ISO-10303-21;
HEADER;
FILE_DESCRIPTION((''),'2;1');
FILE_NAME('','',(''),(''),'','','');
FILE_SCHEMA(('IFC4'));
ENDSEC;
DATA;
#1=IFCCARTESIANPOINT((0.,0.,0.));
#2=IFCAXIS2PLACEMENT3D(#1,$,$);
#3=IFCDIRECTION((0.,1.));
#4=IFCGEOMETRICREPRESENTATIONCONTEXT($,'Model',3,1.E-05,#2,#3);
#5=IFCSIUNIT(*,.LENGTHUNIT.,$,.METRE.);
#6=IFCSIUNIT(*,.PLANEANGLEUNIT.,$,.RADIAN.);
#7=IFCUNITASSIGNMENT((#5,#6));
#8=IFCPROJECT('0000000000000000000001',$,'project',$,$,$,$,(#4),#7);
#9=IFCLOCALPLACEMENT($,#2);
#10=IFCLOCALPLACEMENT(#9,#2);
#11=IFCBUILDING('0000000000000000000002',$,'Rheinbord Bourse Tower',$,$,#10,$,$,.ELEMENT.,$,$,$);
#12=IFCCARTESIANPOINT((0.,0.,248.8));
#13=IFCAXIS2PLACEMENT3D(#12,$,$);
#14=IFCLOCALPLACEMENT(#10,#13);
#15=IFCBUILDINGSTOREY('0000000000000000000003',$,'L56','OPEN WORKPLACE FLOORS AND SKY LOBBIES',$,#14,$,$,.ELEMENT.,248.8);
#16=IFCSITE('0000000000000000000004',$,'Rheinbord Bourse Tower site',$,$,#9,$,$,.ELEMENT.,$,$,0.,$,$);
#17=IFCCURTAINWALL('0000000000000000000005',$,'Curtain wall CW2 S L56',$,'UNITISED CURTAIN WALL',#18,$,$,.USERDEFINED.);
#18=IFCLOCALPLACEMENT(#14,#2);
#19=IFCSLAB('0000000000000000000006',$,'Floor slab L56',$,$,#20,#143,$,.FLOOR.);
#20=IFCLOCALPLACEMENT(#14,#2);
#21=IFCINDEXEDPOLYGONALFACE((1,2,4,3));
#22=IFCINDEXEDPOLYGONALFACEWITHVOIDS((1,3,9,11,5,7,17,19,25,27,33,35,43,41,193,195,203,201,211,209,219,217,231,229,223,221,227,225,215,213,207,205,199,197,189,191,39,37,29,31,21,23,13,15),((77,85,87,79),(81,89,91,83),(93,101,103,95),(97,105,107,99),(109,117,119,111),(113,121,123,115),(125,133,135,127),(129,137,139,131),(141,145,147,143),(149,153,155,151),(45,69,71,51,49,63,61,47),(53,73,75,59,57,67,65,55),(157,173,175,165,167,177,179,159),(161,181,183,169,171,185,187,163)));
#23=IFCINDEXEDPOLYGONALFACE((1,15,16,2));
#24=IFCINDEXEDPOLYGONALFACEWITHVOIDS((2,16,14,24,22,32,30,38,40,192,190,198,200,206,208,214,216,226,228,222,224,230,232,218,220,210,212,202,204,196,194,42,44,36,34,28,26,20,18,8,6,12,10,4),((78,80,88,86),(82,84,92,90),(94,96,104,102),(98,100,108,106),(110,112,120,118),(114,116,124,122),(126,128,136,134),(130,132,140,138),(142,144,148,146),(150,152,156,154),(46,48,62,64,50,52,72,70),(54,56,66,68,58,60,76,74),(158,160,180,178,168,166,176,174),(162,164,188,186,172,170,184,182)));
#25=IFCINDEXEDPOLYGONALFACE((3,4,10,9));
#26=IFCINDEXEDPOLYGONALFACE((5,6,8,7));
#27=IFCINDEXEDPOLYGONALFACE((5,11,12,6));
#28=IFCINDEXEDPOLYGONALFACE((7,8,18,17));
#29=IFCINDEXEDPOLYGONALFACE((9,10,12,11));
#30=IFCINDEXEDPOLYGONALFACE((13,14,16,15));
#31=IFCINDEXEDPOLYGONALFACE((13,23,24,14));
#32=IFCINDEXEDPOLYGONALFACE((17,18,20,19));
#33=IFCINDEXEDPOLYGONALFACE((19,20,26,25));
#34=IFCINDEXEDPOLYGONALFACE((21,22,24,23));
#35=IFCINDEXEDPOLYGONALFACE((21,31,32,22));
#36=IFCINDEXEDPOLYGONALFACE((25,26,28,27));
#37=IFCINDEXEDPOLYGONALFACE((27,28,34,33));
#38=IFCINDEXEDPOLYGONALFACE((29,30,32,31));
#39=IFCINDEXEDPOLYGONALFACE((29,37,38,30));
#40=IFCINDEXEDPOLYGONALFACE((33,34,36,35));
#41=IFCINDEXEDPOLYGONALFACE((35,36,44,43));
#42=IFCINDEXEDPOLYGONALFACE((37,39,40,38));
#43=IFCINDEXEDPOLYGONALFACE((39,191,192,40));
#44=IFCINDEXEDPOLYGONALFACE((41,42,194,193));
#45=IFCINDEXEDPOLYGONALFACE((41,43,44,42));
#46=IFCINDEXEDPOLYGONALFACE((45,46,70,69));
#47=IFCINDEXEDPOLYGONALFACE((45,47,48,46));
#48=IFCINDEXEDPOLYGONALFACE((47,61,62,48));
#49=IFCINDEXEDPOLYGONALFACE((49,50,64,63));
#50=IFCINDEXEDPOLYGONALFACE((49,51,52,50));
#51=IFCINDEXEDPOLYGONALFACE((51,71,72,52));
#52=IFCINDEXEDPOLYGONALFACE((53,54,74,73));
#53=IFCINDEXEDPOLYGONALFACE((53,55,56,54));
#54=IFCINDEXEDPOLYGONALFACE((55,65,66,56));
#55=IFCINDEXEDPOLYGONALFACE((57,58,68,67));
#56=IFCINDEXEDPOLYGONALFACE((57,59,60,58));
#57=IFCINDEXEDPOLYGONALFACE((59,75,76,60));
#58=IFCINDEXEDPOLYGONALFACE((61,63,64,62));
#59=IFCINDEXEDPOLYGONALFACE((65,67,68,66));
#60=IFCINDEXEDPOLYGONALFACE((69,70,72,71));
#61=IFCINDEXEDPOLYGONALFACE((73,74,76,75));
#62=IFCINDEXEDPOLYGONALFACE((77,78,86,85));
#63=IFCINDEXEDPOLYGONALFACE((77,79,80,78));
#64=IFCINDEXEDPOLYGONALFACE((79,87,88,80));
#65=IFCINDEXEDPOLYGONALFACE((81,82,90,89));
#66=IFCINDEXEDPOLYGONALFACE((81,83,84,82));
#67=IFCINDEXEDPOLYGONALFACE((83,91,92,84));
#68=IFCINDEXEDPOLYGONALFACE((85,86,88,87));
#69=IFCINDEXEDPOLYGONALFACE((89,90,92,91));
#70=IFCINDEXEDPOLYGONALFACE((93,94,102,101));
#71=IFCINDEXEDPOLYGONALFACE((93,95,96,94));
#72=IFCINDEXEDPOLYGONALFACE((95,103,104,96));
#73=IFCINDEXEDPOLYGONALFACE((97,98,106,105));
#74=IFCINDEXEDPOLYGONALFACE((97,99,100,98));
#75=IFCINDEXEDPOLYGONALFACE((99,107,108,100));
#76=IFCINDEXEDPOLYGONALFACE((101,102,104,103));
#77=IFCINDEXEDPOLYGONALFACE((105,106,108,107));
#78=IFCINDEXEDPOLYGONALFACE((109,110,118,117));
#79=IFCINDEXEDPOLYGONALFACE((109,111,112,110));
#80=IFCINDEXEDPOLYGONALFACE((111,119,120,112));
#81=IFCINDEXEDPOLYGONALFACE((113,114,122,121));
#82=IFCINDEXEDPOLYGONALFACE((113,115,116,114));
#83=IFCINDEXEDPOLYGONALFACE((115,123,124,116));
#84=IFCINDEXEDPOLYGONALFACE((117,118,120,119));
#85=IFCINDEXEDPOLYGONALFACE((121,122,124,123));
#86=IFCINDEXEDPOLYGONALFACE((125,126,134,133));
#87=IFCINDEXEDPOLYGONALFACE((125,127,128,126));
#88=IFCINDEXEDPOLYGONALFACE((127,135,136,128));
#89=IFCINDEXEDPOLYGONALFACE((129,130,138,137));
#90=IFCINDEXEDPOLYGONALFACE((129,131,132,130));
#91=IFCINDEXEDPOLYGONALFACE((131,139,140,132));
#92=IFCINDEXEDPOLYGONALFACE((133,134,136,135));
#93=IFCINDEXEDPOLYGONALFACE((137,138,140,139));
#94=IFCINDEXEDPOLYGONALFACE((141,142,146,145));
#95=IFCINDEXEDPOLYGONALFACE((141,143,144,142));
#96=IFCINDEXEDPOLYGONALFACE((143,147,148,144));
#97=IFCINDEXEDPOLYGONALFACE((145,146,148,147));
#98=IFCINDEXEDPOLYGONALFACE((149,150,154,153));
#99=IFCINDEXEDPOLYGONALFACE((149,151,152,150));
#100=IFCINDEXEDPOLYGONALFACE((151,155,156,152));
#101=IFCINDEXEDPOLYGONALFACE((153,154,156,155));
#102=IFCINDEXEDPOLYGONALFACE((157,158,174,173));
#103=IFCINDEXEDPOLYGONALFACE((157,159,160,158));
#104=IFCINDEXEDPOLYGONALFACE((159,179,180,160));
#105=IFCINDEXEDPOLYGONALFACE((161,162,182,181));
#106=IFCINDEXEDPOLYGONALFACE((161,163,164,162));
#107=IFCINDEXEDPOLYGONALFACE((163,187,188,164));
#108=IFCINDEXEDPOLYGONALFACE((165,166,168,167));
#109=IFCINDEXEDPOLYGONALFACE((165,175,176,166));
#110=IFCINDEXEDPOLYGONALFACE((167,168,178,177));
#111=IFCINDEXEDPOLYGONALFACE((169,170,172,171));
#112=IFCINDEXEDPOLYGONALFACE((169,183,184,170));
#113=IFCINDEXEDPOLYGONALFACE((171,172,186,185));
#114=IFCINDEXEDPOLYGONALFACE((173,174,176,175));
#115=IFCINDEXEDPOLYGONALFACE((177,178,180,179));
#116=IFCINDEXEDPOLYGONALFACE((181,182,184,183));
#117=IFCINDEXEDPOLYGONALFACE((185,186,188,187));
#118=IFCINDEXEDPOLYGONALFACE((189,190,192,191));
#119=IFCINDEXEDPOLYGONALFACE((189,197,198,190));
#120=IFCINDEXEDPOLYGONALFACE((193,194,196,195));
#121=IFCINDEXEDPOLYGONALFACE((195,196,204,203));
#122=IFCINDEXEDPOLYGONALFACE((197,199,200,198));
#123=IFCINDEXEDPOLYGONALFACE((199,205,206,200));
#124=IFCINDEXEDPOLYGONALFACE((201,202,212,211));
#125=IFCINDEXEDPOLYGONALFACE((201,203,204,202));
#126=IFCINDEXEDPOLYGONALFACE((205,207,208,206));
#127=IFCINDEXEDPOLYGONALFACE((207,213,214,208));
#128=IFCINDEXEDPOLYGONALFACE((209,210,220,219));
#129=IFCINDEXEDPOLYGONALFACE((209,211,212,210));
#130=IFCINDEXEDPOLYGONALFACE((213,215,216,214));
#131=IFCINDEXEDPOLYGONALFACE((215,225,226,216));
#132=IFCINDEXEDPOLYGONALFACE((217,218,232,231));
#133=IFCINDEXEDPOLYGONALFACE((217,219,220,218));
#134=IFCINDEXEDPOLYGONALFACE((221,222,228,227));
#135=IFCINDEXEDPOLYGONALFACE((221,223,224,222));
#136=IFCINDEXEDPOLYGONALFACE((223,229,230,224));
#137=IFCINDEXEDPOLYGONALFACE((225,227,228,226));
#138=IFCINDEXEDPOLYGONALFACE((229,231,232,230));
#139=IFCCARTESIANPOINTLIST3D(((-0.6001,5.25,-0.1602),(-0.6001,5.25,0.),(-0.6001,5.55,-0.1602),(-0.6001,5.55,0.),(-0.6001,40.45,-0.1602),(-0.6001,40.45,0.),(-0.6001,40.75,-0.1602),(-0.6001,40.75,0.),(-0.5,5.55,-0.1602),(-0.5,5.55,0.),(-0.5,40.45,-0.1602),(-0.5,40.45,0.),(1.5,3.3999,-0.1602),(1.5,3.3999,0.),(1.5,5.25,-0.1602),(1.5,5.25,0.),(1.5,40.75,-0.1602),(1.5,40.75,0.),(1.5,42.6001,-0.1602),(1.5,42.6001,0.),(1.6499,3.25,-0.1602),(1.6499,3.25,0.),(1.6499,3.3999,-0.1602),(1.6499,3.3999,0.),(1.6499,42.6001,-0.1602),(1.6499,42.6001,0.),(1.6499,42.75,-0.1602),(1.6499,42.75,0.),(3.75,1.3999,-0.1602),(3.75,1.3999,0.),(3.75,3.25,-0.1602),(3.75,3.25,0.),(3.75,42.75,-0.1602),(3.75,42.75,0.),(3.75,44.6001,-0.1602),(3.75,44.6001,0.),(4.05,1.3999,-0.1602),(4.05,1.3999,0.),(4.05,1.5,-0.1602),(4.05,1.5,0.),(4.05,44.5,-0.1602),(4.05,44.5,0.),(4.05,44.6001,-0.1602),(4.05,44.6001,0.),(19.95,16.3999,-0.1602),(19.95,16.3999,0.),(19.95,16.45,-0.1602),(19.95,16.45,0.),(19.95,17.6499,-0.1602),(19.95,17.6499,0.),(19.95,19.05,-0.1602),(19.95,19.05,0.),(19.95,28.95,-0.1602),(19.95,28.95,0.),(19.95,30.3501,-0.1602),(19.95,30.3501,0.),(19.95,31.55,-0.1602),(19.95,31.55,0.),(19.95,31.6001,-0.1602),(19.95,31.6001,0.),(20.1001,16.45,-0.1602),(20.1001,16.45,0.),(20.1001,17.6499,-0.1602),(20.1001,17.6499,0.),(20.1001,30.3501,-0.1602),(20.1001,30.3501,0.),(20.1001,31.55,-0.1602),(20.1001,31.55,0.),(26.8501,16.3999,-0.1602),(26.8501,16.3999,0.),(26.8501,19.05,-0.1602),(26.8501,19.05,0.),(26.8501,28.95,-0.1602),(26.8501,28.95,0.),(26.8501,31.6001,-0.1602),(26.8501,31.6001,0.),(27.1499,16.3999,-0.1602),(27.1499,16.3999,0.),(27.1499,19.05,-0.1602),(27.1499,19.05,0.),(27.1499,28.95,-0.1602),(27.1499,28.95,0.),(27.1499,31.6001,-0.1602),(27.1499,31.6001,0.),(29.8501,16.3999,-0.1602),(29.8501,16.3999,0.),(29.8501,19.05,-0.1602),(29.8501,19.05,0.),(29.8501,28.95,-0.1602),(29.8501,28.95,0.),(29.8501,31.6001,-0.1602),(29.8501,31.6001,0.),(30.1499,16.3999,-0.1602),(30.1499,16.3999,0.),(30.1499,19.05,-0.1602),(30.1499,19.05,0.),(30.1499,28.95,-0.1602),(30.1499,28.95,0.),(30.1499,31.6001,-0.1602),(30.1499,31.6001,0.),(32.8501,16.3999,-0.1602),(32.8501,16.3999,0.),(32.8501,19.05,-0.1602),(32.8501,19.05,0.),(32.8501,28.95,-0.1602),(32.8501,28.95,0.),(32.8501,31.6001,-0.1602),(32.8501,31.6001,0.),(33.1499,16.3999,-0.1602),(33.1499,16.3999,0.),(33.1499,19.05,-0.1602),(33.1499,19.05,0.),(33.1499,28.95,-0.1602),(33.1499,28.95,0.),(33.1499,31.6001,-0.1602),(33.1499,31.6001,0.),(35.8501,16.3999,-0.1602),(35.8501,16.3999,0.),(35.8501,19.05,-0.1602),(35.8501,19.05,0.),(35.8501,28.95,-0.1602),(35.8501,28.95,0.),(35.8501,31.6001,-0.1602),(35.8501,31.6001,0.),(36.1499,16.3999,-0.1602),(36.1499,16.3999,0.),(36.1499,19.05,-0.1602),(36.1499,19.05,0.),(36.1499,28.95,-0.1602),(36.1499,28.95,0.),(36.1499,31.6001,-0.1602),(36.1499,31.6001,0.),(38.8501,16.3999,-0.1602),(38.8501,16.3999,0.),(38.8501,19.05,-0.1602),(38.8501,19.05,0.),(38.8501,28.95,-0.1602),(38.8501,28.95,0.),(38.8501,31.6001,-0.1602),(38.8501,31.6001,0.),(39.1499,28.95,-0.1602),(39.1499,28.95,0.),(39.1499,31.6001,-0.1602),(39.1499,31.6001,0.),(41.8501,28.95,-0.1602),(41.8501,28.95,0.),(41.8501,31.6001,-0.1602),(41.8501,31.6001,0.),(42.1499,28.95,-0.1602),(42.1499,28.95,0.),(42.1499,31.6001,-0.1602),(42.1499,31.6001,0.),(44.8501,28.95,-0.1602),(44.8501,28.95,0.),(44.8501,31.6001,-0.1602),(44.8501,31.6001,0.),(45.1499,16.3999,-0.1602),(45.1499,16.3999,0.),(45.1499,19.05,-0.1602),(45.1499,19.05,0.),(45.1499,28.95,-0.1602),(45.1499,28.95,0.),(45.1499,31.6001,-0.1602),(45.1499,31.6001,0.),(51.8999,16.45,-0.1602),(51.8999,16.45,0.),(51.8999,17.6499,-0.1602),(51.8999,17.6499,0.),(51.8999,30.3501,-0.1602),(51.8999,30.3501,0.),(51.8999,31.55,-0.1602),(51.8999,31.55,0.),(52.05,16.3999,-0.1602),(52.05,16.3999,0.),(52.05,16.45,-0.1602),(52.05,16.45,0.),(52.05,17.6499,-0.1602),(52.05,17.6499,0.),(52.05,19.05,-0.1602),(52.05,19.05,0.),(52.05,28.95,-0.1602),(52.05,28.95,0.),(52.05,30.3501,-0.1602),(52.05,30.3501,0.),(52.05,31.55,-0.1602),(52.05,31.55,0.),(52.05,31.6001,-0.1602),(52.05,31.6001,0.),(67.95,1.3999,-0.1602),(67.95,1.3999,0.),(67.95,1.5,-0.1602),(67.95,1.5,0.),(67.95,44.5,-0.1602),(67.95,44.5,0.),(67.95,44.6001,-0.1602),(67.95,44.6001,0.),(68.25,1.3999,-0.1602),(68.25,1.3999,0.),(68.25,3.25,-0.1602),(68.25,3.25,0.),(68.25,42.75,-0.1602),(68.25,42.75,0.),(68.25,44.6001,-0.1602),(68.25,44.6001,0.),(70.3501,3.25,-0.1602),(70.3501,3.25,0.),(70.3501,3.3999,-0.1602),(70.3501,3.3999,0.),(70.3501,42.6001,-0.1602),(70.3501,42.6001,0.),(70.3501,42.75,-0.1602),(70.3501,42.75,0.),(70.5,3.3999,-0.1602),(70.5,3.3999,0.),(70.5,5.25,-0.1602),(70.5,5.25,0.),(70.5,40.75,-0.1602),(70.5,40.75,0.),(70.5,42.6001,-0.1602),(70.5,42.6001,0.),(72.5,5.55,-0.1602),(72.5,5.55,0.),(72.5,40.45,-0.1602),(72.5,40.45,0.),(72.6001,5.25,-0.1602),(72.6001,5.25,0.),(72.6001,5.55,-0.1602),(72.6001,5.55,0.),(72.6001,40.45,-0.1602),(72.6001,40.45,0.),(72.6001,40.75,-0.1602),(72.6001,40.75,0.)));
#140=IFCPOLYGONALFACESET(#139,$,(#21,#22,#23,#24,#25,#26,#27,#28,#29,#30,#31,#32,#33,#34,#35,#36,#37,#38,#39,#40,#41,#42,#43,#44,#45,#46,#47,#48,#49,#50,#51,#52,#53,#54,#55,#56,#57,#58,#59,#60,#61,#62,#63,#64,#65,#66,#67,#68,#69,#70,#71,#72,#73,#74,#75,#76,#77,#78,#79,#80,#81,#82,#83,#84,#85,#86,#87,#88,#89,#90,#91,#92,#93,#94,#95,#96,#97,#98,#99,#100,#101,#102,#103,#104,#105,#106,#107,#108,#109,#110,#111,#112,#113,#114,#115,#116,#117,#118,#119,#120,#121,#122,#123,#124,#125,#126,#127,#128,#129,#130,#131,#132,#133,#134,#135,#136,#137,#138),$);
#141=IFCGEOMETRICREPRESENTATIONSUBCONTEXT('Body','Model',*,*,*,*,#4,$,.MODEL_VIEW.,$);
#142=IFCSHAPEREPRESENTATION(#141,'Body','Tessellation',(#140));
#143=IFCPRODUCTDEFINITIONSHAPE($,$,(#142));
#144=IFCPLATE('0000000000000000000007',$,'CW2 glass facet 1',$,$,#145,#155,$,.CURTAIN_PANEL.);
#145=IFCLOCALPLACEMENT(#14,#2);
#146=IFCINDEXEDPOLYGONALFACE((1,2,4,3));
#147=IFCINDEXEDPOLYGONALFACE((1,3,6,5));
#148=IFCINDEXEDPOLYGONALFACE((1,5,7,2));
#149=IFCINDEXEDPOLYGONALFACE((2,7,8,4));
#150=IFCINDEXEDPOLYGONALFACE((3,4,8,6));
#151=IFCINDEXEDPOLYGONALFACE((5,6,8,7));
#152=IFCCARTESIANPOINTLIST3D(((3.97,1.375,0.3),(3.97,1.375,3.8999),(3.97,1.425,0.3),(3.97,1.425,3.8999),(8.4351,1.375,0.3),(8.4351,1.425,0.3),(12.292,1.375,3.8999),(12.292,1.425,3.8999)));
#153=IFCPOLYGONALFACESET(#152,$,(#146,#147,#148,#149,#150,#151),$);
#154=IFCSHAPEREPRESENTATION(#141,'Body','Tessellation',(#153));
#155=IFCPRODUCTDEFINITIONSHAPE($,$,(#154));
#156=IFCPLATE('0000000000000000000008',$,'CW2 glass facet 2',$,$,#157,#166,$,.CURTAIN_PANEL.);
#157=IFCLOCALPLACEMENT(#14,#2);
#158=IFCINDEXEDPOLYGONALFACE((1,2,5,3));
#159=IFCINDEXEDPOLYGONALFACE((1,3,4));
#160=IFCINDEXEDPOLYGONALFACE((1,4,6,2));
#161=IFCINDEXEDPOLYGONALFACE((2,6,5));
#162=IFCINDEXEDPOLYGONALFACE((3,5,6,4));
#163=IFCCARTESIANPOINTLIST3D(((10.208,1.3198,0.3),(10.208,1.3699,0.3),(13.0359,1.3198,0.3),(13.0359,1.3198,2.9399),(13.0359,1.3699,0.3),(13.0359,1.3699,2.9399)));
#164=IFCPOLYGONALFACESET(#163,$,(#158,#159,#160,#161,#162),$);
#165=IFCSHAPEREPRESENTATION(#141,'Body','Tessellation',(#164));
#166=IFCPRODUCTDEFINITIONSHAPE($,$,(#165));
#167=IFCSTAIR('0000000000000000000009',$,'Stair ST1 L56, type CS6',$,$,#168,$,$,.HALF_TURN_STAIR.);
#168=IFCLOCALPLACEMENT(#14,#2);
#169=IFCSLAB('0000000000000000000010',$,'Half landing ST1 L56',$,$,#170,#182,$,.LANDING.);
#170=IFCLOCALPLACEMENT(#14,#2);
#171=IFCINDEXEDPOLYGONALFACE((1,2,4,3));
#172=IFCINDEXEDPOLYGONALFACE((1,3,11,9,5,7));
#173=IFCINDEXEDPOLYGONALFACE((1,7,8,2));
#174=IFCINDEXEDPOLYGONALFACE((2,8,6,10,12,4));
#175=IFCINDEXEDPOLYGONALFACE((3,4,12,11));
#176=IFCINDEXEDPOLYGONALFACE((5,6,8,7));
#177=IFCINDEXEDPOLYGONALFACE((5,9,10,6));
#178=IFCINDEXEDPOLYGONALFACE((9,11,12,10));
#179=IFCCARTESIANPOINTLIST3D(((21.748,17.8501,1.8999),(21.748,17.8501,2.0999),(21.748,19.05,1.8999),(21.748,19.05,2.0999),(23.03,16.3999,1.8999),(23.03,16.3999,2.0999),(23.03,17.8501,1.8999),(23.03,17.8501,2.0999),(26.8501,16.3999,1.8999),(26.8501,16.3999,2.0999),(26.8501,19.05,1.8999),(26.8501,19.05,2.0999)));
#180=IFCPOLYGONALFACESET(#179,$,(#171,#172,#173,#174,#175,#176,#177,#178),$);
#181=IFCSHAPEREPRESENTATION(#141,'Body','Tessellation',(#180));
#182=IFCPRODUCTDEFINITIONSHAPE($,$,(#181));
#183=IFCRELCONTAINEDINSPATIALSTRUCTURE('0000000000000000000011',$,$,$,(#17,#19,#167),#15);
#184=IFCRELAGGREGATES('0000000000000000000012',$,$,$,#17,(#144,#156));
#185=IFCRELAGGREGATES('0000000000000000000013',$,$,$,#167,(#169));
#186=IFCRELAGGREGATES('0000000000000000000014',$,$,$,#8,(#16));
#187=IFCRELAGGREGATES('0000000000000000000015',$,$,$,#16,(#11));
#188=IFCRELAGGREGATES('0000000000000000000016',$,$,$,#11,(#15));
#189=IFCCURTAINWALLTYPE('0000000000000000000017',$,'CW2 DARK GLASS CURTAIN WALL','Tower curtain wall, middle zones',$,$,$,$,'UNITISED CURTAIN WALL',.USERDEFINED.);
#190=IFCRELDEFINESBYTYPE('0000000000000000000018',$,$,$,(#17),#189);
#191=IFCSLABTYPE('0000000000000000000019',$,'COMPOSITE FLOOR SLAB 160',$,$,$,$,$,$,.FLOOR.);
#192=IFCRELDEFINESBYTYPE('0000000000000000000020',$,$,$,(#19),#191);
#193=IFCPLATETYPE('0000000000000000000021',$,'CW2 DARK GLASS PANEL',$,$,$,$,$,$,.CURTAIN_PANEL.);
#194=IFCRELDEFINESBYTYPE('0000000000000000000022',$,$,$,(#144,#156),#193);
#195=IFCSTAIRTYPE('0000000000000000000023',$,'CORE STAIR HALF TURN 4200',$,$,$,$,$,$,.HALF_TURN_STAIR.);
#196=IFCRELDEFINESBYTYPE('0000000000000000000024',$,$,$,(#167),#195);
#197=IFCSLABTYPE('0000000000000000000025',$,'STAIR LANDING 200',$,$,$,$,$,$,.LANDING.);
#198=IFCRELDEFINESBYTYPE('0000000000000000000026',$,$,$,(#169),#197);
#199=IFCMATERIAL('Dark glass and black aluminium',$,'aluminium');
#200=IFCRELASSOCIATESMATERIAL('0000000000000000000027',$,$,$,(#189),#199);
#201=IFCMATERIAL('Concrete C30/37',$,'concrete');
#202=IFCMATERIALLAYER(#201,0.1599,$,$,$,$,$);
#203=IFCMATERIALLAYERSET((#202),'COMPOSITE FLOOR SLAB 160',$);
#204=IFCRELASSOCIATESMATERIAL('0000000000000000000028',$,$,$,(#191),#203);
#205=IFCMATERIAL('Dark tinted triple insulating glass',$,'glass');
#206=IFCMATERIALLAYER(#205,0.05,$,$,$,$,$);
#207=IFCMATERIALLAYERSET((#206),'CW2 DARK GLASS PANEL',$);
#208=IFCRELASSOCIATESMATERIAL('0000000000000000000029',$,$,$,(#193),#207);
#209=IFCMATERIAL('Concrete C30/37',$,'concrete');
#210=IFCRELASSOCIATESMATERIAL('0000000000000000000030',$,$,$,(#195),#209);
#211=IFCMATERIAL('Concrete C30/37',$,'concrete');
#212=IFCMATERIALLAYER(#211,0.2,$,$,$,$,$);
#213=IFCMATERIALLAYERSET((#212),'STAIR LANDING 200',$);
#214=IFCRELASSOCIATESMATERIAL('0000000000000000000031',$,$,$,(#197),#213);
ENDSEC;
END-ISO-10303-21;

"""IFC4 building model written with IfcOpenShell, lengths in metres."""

from ifc_helpers import new_model, si_unit, direction, frame, origin, place, context, subcontext, project, spatial, polyline, outline, extrude, material, layer, layer_set, type_object, element, aggregate, save


model = new_model("IFC4")

# Units and contexts
model_context = context("Model", 3, precision=1e-05, world=origin(), true_north=direction((0.0, 1.0)))
body_context = subcontext(model_context, "Body", "Model", "MODEL_VIEW")
ifc_project = project(units=[si_unit("LENGTHUNIT", "METRE"), si_unit("PLANEANGLEUNIT", "RADIAN")], contexts=[model_context])

# Site, building, storey
site_placement = place(None, origin())
site = spatial("IfcSite", under=ifc_project, at=site_placement, Name="Rheinbord Bourse Tower site", CompositionType="ELEMENT", RefElevation=0.0)
building_placement = place(site_placement, origin())
building = spatial("IfcBuilding", under=site, at=building_placement, Name="Rheinbord Bourse Tower", CompositionType="ELEMENT")
storey_placement = place(building_placement, frame((0.0, 0.0, 248.8)))
storey = spatial("IfcBuildingStorey", under=building, at=storey_placement, Name="L56", Description="OPEN WORKPLACE FLOORS AND SKY LOBBIES", CompositionType="ELEMENT", Elevation=248.8)

# Curtain wall
ifc_material_1 = material(Name="Dark glass and black aluminium", Category="aluminium")
curtain_wall_type = type_object("IfcCurtainWallType", Name="CW2 DARK GLASS CURTAIN WALL", Description="Tower curtain wall, middle zones", ElementType="UNITISED CURTAIN WALL", PredefinedType="USERDEFINED", material=ifc_material_1)
curtain_wall_placement = place(storey_placement, origin())
curtain_wall = element("IfcCurtainWall", 1, at=curtain_wall_placement, inside=storey, type_object=curtain_wall_type, Name="Curtain wall CW2 S L56", ObjectType="UNITISED CURTAIN WALL", PredefinedType="USERDEFINED")

# Slab
ifc_material_2 = material(Name="Concrete C30/37", Category="concrete")
ifc_layer_1 = layer(ifc_material_2, 0.1599)
ifc_layer_set_1 = layer_set([ifc_layer_1], Name="COMPOSITE FLOOR SLAB 160")
slab_type_1 = type_object("IfcSlabType", Name="COMPOSITE FLOOR SLAB 160", PredefinedType="FLOOR", material=ifc_layer_set_1)
slab_1_placement = place(storey_placement, frame((0.0, 0.0, -0.1602)))
element("IfcSlab", 2, at=slab_1_placement, inside=storey, type_object=slab_type_1, Name="Floor slab L56", PredefinedType="FLOOR", context=body_context, shape_type="SweptSolid", body=[
    extrude(outline(polyline([(1.6499, 3.3999), (1.5, 3.3999), (1.5, 5.25), (-0.6001, 5.25), (-0.6001, 5.55), (-0.5, 5.55), (-0.5, 40.45), (-0.6001, 40.45), (-0.6001, 40.75), (1.5, 40.75), (1.5, 42.6001), (1.6499, 42.6001), (1.6499, 42.75), (3.75, 42.75), (3.75, 44.6001), (4.05, 44.6001), (4.05, 44.5), (67.95, 44.5), (67.95, 44.6001), (68.25, 44.6001), (68.25, 42.75), (70.3501, 42.75), (70.3501, 42.6001), (70.5, 42.6001), (70.5, 40.75), (72.6001, 40.75), (72.6001, 40.45), (72.5, 40.45), (72.5, 5.55), (72.6001, 5.55), (72.6001, 5.25), (70.5, 5.25), (70.5, 3.3999), (70.3501, 3.3999), (70.3501, 3.25), (68.25, 3.25), (68.25, 1.3999), (67.95, 1.3999), (67.95, 1.5), (4.05, 1.5), (4.05, 1.3999), (3.75, 1.3999), (3.75, 3.25), (1.6499, 3.25), (1.6499, 3.3999)]), holes=[polyline([(19.95, 19.05), (26.8501, 19.05), (26.8501, 16.3999), (19.95, 16.3999), (19.95, 16.45), (20.1001, 16.45), (20.1001, 17.6499), (19.95, 17.6499), (19.95, 19.05)]), polyline([(19.95, 31.6001), (26.8501, 31.6001), (26.8501, 28.95), (19.95, 28.95), (19.95, 30.3501), (20.1001, 30.3501), (20.1001, 31.55), (19.95, 31.55), (19.95, 31.6001)]), polyline([(52.05, 16.3999), (45.1499, 16.3999), (45.1499, 19.05), (52.05, 19.05), (52.05, 17.6499), (51.8999, 17.6499), (51.8999, 16.45), (52.05, 16.45), (52.05, 16.3999)]), polyline([(52.05, 28.95), (45.1499, 28.95), (45.1499, 31.6001), (52.05, 31.6001), (52.05, 31.55), (51.8999, 31.55), (51.8999, 30.3501), (52.05, 30.3501), (52.05, 28.95)]), polyline([(27.1499, 16.3999), (27.1499, 19.05), (29.8501, 19.05), (29.8501, 16.3999), (27.1499, 16.3999)]), polyline([(27.1499, 28.95), (27.1499, 31.6001), (29.8501, 31.6001), (29.8501, 28.95), (27.1499, 28.95)]), polyline([(30.1499, 16.3999), (30.1499, 19.05), (32.8501, 19.05), (32.8501, 16.3999), (30.1499, 16.3999)]), polyline([(30.1499, 28.95), (30.1499, 31.6001), (32.8501, 31.6001), (32.8501, 28.95), (30.1499, 28.95)]), polyline([(33.1499, 16.3999), (33.1499, 19.05), (35.8501, 19.05), (35.8501, 16.3999), (33.1499, 16.3999)]), polyline([(33.1499, 28.95), (33.1499, 31.6001), (35.8501, 31.6001), (35.8501, 28.95), (33.1499, 28.95)]), polyline([(36.1499, 16.3999), (36.1499, 19.05), (38.8501, 19.05), (38.8501, 16.3999), (36.1499, 16.3999)]), polyline([(36.1499, 28.95), (36.1499, 31.6001), (38.8501, 31.6001), (38.8501, 28.95), (36.1499, 28.95)]), polyline([(39.1499, 28.95), (39.1499, 31.6001), (41.8501, 31.6001), (41.8501, 28.95), (39.1499, 28.95)]), polyline([(42.1499, 28.95), (42.1499, 31.6001), (44.8501, 31.6001), (44.8501, 28.95), (42.1499, 28.95)])]), origin(), (0.0, 0.0, 1.0), 0.1602),
])

# Plates
ifc_material_3 = material(Name="Dark tinted triple insulating glass", Category="glass")
ifc_layer_2 = layer(ifc_material_3, 0.05)
ifc_layer_set_2 = layer_set([ifc_layer_2], Name="CW2 DARK GLASS PANEL")
plate_type = type_object("IfcPlateType", Name="CW2 DARK GLASS PANEL", PredefinedType="CURTAIN_PANEL", material=ifc_layer_set_2)
plate_1_placement = place(storey_placement, frame((3.97, 1.375, 0.3), z_axis=(0.0, 1.0, 0.0), x_axis=(0.0, 0.0, 1.0)))
plate_1 = element("IfcPlate", 3, at=plate_1_placement, type_object=plate_type, Name="CW2 glass facet 1", PredefinedType="CURTAIN_PANEL", context=body_context, shape_type="SweptSolid", body=[
    extrude(outline(polyline([(0.0, 0.0), (3.5999, 0.0), (3.5999, 8.322), (0.0, 4.4651), (0.0, 0.0)])), origin(), (0.0, 0.0, 1.0), 0.05),
])
plate_2_placement = place(storey_placement, frame((13.0359, 1.3198, 0.3), z_axis=(0.0, 1.0, 0.0), x_axis=(-1.0, 0.0, 0.0)))
plate_2 = element("IfcPlate", 4, at=plate_2_placement, type_object=plate_type, Name="CW2 glass facet 2", PredefinedType="CURTAIN_PANEL", context=body_context, shape_type="SweptSolid", body=[
    extrude(outline(polyline([(0.0, 0.0), (2.8279, 0.0), (0.0, 2.6399), (0.0, 0.0)])), origin(), (0.0, 0.0, 1.0), 0.05),
])
aggregate(curtain_wall, [plate_1, plate_2])

# Stair, slab
ifc_material_4 = material(Name="Concrete C30/37", Category="concrete")
stair_type = type_object("IfcStairType", Name="CORE STAIR HALF TURN 4200", PredefinedType="HALF_TURN_STAIR", material=ifc_material_4)
stair_1_placement = place(storey_placement, origin())
stair_1 = element("IfcStair", 5, at=stair_1_placement, inside=storey, type_object=stair_type, Name="Stair ST1 L56, type CS6", PredefinedType="HALF_TURN_STAIR")
ifc_material_5 = material(Name="Concrete C30/37", Category="concrete")
ifc_layer_3 = layer(ifc_material_5, 0.2)
ifc_layer_set_3 = layer_set([ifc_layer_3], Name="STAIR LANDING 200")
slab_type_2 = type_object("IfcSlabType", Name="STAIR LANDING 200", PredefinedType="LANDING", material=ifc_layer_set_3)
slab_2_placement = place(storey_placement, frame((0.0, 0.0, 1.8999)))
slab_2 = element("IfcSlab", 6, at=slab_2_placement, type_object=slab_type_2, Name="Half landing ST1 L56", PredefinedType="LANDING", context=body_context, shape_type="SweptSolid", body=[
    extrude(outline(polyline([(23.03, 16.3999), (26.8501, 16.3999), (26.8501, 19.05), (21.748, 19.05), (21.748, 17.8501), (23.03, 17.8501), (23.03, 16.3999)])), origin(), (0.0, 0.0, 1.0), 0.2),
])
aggregate(stair_1, [slab_2])

save(model, "model.ifc")
